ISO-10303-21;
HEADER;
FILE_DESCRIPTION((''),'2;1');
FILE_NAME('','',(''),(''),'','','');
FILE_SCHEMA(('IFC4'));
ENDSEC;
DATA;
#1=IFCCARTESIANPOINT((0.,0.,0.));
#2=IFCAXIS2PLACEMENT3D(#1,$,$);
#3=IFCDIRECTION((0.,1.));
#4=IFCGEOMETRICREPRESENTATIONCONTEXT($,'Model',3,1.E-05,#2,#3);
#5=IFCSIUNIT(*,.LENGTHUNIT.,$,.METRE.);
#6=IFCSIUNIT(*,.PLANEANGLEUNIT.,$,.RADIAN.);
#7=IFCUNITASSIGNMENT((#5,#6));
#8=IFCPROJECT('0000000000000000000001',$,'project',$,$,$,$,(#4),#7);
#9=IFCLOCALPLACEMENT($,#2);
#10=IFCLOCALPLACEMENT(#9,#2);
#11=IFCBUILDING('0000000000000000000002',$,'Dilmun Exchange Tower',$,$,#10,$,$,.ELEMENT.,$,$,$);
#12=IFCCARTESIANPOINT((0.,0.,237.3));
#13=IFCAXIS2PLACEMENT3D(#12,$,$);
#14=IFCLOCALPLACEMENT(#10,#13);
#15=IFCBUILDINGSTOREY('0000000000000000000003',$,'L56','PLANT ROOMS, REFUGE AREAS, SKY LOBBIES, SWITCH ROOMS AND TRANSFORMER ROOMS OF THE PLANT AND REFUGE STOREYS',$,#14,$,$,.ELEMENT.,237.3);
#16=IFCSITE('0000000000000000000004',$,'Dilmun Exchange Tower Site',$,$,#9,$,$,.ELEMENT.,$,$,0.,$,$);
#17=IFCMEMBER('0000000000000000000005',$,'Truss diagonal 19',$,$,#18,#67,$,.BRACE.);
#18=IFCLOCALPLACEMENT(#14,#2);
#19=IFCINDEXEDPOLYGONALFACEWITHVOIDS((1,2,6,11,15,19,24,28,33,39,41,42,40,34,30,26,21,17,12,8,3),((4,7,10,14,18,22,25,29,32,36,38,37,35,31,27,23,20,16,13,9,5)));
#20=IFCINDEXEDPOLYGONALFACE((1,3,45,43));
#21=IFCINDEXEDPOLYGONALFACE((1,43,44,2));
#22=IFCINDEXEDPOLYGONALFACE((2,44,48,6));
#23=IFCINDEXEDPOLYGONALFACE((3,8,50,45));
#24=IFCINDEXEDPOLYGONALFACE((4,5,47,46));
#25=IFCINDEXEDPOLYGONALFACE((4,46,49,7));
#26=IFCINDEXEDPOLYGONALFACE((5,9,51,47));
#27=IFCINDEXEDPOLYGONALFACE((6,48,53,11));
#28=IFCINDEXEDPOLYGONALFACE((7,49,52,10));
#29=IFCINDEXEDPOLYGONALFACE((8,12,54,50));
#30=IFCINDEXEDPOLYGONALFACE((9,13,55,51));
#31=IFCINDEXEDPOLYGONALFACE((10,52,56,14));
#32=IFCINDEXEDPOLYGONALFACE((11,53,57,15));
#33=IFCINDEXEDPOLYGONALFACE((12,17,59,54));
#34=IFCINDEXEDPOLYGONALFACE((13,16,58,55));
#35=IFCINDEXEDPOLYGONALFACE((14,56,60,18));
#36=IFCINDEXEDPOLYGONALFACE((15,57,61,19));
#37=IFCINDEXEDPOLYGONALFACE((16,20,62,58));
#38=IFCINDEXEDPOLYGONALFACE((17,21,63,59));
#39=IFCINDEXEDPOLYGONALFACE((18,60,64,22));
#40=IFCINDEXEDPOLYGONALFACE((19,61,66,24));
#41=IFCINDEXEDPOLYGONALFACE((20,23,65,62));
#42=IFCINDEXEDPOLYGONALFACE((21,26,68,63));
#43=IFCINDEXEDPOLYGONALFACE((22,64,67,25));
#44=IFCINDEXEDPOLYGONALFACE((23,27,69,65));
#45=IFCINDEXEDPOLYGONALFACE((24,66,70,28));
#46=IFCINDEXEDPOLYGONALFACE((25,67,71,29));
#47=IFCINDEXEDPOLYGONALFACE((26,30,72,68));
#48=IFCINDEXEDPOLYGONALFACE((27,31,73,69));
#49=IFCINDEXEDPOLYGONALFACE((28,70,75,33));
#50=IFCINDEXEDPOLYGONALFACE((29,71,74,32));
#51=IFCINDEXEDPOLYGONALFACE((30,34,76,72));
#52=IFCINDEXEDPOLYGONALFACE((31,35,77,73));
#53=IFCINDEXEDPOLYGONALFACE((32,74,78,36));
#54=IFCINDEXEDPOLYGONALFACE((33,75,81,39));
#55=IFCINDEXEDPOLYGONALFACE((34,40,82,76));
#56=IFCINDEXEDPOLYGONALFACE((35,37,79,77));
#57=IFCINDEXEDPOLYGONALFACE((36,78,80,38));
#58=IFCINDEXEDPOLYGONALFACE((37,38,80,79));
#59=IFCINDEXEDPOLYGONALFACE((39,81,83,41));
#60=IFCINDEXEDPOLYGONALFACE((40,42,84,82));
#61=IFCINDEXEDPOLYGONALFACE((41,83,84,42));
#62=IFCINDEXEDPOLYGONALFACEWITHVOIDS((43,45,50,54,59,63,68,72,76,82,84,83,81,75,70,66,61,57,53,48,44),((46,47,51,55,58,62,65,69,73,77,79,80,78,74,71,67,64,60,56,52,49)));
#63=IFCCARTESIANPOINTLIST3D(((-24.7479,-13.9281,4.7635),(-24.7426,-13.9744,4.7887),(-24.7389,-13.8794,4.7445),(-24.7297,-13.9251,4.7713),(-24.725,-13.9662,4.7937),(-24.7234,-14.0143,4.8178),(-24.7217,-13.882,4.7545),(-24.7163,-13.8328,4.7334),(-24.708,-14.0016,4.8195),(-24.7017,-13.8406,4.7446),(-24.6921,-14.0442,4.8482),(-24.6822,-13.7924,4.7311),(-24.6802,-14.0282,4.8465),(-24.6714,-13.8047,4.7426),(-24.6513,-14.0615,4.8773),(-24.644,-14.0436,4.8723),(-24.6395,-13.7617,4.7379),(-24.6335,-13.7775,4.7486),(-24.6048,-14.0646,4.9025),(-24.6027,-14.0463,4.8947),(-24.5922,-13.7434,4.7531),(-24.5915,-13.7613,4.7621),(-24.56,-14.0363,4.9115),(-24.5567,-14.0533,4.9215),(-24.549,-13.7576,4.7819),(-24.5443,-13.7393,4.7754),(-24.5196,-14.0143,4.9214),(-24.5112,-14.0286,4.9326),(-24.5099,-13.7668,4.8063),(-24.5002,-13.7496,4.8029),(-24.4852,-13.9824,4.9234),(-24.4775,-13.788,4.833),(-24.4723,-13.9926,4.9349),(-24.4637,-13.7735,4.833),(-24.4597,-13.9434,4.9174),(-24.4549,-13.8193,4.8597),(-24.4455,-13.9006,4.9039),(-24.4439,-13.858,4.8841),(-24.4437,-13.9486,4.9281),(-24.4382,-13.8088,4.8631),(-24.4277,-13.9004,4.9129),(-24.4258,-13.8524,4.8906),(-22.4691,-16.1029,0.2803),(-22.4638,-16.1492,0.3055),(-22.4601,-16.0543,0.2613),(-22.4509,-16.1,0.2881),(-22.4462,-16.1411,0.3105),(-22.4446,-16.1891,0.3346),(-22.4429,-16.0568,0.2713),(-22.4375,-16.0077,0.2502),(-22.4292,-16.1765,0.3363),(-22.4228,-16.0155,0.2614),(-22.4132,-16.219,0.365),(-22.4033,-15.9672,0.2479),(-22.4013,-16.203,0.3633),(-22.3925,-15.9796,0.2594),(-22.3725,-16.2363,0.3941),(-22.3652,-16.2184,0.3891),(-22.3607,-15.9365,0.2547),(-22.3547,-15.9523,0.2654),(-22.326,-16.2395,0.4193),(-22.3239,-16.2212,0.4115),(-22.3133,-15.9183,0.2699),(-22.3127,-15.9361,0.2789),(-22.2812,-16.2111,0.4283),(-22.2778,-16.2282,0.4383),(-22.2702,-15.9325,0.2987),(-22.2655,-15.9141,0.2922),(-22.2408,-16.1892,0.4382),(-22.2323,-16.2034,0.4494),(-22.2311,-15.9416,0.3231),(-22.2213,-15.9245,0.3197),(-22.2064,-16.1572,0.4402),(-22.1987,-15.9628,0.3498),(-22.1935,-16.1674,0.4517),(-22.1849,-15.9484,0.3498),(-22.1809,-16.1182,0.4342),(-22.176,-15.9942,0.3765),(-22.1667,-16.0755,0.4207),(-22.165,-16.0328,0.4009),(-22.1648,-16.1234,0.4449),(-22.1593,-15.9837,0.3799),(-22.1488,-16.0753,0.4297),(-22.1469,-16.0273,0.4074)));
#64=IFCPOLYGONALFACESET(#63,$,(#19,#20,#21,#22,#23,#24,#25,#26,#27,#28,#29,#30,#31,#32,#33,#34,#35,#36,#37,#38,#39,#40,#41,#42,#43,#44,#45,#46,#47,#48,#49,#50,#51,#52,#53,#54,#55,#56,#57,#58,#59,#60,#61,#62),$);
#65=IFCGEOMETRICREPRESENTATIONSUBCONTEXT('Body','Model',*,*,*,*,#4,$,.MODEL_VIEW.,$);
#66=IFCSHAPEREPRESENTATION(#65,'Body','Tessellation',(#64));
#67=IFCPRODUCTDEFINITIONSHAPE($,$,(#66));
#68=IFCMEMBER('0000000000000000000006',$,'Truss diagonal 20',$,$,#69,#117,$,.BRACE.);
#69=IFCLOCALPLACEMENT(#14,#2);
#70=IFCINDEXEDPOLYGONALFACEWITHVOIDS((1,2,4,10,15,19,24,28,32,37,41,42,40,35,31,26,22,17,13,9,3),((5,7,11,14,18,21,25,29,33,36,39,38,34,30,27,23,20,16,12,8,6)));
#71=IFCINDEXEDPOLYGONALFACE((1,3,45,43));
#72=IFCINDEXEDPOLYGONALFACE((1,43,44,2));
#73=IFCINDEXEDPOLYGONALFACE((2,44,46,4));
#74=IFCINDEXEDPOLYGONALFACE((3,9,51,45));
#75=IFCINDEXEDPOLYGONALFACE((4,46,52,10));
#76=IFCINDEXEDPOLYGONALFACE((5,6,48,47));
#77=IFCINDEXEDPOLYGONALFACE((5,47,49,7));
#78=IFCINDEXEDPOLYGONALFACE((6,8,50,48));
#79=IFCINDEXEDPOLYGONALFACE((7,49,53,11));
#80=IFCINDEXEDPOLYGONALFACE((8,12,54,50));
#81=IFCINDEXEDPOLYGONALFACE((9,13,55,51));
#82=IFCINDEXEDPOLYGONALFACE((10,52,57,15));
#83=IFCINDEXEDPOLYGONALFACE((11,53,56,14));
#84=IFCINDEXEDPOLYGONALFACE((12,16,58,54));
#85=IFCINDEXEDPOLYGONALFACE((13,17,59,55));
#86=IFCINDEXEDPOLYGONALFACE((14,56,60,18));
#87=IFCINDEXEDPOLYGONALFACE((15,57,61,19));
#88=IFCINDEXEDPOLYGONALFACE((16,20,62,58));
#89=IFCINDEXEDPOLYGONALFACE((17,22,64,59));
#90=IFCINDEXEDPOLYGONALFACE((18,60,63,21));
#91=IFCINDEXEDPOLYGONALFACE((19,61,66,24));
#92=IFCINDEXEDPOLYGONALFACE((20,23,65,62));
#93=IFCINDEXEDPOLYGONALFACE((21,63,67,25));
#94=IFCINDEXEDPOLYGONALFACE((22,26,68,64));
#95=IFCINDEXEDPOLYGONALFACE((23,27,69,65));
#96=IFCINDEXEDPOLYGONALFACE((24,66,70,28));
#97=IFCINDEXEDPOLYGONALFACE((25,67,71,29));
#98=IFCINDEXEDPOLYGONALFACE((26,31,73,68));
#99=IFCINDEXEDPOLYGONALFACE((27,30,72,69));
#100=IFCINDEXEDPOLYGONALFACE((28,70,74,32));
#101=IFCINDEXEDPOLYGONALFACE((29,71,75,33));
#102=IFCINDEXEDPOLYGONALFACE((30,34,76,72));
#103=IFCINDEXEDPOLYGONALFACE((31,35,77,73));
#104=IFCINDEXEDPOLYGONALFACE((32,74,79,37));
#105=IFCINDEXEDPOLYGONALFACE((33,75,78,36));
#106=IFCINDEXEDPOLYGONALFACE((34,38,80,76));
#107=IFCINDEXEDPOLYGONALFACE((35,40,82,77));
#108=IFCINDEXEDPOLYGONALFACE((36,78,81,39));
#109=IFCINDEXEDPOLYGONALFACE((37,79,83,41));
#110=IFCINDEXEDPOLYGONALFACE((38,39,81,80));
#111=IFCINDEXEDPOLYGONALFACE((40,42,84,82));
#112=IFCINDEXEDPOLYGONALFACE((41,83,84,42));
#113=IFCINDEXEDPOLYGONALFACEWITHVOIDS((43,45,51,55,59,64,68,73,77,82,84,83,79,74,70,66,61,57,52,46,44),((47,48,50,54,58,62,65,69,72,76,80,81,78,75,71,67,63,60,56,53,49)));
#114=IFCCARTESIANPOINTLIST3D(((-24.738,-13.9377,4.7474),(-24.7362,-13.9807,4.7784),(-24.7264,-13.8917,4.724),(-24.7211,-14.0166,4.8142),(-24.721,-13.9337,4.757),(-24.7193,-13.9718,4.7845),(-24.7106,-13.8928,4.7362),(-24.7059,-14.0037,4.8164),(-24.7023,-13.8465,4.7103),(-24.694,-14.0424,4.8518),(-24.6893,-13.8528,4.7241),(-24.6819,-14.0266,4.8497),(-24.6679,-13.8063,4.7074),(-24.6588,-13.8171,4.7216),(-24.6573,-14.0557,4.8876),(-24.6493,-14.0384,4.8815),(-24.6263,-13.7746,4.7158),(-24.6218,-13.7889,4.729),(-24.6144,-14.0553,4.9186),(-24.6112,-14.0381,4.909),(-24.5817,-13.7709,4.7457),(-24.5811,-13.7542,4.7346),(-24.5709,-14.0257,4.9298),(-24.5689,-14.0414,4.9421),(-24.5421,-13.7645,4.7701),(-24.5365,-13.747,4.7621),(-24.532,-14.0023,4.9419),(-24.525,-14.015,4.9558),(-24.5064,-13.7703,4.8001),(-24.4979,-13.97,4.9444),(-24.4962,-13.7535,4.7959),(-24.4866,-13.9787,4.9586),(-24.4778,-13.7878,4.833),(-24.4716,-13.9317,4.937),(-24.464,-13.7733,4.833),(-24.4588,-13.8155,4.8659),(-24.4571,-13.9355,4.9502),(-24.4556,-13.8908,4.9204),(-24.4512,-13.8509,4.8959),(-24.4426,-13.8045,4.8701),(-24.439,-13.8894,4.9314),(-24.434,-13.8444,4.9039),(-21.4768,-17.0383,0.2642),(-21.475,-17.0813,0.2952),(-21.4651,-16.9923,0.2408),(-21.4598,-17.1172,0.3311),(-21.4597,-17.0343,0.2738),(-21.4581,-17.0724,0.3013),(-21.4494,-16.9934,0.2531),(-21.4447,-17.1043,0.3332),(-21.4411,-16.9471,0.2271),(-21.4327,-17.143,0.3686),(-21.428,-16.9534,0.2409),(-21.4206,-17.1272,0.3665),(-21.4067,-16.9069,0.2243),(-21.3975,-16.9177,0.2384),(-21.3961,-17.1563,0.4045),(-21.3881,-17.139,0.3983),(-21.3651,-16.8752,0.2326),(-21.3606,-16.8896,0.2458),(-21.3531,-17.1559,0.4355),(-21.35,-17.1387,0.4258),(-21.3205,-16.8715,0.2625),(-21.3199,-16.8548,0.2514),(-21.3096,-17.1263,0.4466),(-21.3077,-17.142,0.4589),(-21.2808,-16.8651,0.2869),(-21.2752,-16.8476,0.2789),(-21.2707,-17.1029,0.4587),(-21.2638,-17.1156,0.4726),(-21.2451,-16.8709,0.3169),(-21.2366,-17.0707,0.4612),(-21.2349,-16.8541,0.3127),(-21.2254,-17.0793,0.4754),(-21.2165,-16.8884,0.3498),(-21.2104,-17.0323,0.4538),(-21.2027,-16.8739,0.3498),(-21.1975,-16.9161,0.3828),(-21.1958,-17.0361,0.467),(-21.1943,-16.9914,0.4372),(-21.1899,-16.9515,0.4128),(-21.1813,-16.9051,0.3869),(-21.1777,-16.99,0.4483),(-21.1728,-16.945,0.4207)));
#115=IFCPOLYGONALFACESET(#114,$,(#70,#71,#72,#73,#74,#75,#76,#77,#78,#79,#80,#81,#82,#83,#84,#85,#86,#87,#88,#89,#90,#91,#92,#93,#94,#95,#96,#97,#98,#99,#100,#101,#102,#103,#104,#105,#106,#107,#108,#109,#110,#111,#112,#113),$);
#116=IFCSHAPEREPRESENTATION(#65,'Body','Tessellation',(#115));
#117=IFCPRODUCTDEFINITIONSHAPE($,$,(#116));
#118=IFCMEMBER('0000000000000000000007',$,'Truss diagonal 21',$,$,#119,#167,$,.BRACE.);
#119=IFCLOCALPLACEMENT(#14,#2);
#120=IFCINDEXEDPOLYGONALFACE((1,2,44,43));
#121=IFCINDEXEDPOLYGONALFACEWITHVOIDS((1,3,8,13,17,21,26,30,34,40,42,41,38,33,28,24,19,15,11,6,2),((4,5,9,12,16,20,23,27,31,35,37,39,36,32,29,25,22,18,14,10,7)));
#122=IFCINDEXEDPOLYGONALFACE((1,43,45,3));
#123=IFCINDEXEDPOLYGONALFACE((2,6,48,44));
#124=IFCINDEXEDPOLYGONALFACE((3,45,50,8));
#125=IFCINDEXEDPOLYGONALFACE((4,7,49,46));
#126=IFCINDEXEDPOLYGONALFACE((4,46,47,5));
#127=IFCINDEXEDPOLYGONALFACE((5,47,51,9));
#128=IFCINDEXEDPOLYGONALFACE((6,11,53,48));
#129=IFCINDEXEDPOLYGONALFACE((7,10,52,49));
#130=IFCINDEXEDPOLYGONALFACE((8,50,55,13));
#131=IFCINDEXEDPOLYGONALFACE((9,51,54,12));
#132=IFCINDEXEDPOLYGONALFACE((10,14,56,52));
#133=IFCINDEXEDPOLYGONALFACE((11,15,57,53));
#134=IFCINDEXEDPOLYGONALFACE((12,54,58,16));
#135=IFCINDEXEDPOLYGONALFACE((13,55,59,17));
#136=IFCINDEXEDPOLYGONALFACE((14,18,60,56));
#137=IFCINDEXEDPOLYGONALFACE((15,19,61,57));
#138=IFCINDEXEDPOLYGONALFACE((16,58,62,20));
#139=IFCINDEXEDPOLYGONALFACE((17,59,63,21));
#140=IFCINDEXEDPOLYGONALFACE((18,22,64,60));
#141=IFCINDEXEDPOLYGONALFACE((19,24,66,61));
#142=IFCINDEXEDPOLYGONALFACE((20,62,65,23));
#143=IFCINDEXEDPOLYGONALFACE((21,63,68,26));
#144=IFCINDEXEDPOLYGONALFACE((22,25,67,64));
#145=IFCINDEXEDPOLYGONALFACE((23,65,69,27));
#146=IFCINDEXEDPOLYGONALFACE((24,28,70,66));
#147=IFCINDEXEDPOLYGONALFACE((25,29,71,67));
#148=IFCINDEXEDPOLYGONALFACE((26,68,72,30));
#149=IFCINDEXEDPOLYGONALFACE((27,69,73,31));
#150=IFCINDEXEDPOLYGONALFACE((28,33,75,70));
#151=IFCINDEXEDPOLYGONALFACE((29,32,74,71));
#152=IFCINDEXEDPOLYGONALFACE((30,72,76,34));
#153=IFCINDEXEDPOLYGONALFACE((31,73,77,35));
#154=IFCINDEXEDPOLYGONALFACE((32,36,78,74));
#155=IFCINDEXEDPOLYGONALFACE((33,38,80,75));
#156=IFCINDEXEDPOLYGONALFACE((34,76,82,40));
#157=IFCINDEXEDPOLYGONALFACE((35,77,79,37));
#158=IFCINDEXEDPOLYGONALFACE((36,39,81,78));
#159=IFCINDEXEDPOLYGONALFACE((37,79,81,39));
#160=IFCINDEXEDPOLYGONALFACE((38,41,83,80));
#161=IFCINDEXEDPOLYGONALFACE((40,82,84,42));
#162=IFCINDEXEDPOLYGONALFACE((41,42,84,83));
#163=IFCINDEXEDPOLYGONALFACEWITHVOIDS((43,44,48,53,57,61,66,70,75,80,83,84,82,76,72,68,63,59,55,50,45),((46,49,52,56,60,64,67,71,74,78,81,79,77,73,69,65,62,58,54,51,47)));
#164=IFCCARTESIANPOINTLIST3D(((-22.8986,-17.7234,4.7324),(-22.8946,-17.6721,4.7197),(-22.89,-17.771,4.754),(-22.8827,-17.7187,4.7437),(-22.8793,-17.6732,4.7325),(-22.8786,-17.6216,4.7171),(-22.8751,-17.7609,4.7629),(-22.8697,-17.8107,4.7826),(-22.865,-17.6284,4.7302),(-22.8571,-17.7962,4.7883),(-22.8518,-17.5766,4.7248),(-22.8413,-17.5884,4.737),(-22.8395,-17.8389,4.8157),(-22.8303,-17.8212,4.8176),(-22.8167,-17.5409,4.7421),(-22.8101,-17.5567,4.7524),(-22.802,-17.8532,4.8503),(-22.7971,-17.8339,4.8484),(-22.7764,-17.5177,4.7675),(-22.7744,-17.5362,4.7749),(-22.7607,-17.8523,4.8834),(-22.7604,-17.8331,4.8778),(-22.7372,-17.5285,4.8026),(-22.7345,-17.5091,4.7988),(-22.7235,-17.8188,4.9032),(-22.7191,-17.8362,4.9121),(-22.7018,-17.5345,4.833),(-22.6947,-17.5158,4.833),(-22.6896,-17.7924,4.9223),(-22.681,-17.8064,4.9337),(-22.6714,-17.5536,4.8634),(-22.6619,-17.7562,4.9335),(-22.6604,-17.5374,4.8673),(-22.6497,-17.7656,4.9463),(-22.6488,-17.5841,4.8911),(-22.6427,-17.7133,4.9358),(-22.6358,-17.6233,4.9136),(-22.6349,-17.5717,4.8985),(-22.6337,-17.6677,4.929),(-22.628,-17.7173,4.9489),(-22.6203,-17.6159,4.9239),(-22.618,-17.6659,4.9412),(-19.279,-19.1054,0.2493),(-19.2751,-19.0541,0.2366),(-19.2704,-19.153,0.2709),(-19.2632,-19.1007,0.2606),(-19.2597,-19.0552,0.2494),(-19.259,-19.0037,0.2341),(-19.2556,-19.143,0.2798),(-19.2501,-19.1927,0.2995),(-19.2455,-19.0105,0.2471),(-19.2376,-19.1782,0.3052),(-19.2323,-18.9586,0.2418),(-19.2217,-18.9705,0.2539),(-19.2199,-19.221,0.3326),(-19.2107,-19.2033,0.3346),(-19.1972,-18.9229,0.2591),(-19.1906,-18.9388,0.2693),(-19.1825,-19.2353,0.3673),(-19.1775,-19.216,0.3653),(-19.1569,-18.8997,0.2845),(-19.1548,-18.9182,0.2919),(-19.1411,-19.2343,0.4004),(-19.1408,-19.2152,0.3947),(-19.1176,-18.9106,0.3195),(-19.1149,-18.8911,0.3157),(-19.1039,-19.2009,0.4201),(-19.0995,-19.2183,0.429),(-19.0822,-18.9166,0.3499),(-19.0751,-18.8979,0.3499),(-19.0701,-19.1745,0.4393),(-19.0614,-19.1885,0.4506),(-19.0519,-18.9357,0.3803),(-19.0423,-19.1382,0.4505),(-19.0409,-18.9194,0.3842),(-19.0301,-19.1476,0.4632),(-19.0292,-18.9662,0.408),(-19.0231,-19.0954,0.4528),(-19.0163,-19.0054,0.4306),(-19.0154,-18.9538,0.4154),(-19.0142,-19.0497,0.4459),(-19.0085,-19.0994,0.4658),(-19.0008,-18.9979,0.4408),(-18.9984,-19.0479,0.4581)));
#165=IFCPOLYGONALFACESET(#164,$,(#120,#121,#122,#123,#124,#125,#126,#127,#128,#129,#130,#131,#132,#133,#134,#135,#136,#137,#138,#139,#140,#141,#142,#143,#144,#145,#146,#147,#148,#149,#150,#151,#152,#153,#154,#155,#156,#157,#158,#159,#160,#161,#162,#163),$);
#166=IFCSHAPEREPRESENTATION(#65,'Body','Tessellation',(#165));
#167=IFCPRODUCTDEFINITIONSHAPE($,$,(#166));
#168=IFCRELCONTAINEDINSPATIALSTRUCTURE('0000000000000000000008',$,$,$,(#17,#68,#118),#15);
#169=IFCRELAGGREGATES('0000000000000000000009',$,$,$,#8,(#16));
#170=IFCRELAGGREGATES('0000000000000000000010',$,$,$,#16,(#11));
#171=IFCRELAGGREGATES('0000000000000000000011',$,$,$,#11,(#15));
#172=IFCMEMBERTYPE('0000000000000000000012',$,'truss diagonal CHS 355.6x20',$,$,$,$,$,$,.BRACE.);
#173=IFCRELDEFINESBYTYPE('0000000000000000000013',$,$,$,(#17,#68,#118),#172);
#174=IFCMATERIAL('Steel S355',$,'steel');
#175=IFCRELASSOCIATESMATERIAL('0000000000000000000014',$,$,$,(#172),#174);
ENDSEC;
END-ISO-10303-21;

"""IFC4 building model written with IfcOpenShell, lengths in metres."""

from ifc_helpers import new_model, si_unit, direction, frame, origin, origin_2d, place, context, subcontext, project, spatial, hollow_circle, extrude, material, material_profile, profile_set, type_object, element, save


model = new_model("IFC4")

# Units and contexts
model_context = context("Model", 3, precision=1e-05, world=origin(), true_north=direction((0.0, 1.0)))
body_context = subcontext(model_context, "Body", "Model", "MODEL_VIEW")
ifc_project = project(units=[si_unit("LENGTHUNIT", "METRE"), si_unit("PLANEANGLEUNIT", "RADIAN")], contexts=[model_context])

# Site, building, storey
site_placement = place(None, origin())
site = spatial("IfcSite", under=ifc_project, at=site_placement, Name="Dilmun Exchange Tower Site", CompositionType="ELEMENT", RefElevation=0.0)
building_placement = place(site_placement, origin())
building = spatial("IfcBuilding", under=site, at=building_placement, Name="Dilmun Exchange Tower", CompositionType="ELEMENT")
storey_placement = place(building_placement, frame((0.0, 0.0, 237.3)))
storey = spatial("IfcBuildingStorey", under=building, at=storey_placement, Name="L56", Description="PLANT ROOMS, REFUGE AREAS, SKY LOBBIES, SWITCH ROOMS AND TRANSFORMER ROOMS OF THE PLANT AND REFUGE STOREYS", CompositionType="ELEMENT", Elevation=237.3)

# Shared definitions
ifc_material_1 = material(Name="Steel S355", Category="steel")

# Members
ifc_material_profile_1 = material_profile(ifc_material_1, hollow_circle(Radius=0.1777, WallThickness=0.02, at=origin_2d()), Name="CHS 355.6x20")
ifc_profile_set_1 = profile_set([ifc_material_profile_1], Name="Steel S355")
member_type = type_object("IfcMemberType", Name="truss diagonal CHS 355.6x20", PredefinedType="BRACE", material=ifc_profile_set_1)
member_1_placement = place(storey_placement, frame((-24.5864, -13.9021, 4.833), z_axis=(0.415903, -0.396922, -0.818216), x_axis=(0.690406, 0.723422, 0.0)))
element("IfcMember", 1, at=member_1_placement, inside=storey, type_object=member_type, Name="Truss diagonal 19", PredefinedType="BRACE", context=body_context, shape_type="SweptSolid", body=[
    extrude(hollow_circle(Radius=0.1777, WallThickness=0.02, at=origin_2d()), origin(), (0.0, 0.0, 1.0), 5.4792),
])
member_2_placement = place(storey_placement, frame((-24.5864, -13.9021, 4.833), z_axis=(0.513418, -0.488127, -0.705786), x_axis=(0.689032, 0.724731, 0.0)))
element("IfcMember", 2, at=member_2_placement, inside=storey, type_object=member_type, Name="Truss diagonal 20", PredefinedType="BRACE", context=body_context, shape_type="SweptSolid", body=[
    extrude(hollow_circle(Radius=0.1777, WallThickness=0.02, at=origin_2d()), origin(), (0.0, 0.0, 1.0), 6.3521),
])
member_3_placement = place(storey_placement, frame((-22.7581, -17.6819, 4.833), z_axis=(0.610865, -0.233246, -0.756598), x_axis=(0.356711, 0.934215, 0.0)))
element("IfcMember", 3, at=member_3_placement, inside=storey, type_object=member_type, Name="Truss diagonal 21", PredefinedType="BRACE", context=body_context, shape_type="SweptSolid", body=[
    extrude(hollow_circle(Radius=0.1777, WallThickness=0.02, at=origin_2d()), origin(), (0.0, 0.0, 1.0), 5.9253),
])

save(model, "model.ifc")
